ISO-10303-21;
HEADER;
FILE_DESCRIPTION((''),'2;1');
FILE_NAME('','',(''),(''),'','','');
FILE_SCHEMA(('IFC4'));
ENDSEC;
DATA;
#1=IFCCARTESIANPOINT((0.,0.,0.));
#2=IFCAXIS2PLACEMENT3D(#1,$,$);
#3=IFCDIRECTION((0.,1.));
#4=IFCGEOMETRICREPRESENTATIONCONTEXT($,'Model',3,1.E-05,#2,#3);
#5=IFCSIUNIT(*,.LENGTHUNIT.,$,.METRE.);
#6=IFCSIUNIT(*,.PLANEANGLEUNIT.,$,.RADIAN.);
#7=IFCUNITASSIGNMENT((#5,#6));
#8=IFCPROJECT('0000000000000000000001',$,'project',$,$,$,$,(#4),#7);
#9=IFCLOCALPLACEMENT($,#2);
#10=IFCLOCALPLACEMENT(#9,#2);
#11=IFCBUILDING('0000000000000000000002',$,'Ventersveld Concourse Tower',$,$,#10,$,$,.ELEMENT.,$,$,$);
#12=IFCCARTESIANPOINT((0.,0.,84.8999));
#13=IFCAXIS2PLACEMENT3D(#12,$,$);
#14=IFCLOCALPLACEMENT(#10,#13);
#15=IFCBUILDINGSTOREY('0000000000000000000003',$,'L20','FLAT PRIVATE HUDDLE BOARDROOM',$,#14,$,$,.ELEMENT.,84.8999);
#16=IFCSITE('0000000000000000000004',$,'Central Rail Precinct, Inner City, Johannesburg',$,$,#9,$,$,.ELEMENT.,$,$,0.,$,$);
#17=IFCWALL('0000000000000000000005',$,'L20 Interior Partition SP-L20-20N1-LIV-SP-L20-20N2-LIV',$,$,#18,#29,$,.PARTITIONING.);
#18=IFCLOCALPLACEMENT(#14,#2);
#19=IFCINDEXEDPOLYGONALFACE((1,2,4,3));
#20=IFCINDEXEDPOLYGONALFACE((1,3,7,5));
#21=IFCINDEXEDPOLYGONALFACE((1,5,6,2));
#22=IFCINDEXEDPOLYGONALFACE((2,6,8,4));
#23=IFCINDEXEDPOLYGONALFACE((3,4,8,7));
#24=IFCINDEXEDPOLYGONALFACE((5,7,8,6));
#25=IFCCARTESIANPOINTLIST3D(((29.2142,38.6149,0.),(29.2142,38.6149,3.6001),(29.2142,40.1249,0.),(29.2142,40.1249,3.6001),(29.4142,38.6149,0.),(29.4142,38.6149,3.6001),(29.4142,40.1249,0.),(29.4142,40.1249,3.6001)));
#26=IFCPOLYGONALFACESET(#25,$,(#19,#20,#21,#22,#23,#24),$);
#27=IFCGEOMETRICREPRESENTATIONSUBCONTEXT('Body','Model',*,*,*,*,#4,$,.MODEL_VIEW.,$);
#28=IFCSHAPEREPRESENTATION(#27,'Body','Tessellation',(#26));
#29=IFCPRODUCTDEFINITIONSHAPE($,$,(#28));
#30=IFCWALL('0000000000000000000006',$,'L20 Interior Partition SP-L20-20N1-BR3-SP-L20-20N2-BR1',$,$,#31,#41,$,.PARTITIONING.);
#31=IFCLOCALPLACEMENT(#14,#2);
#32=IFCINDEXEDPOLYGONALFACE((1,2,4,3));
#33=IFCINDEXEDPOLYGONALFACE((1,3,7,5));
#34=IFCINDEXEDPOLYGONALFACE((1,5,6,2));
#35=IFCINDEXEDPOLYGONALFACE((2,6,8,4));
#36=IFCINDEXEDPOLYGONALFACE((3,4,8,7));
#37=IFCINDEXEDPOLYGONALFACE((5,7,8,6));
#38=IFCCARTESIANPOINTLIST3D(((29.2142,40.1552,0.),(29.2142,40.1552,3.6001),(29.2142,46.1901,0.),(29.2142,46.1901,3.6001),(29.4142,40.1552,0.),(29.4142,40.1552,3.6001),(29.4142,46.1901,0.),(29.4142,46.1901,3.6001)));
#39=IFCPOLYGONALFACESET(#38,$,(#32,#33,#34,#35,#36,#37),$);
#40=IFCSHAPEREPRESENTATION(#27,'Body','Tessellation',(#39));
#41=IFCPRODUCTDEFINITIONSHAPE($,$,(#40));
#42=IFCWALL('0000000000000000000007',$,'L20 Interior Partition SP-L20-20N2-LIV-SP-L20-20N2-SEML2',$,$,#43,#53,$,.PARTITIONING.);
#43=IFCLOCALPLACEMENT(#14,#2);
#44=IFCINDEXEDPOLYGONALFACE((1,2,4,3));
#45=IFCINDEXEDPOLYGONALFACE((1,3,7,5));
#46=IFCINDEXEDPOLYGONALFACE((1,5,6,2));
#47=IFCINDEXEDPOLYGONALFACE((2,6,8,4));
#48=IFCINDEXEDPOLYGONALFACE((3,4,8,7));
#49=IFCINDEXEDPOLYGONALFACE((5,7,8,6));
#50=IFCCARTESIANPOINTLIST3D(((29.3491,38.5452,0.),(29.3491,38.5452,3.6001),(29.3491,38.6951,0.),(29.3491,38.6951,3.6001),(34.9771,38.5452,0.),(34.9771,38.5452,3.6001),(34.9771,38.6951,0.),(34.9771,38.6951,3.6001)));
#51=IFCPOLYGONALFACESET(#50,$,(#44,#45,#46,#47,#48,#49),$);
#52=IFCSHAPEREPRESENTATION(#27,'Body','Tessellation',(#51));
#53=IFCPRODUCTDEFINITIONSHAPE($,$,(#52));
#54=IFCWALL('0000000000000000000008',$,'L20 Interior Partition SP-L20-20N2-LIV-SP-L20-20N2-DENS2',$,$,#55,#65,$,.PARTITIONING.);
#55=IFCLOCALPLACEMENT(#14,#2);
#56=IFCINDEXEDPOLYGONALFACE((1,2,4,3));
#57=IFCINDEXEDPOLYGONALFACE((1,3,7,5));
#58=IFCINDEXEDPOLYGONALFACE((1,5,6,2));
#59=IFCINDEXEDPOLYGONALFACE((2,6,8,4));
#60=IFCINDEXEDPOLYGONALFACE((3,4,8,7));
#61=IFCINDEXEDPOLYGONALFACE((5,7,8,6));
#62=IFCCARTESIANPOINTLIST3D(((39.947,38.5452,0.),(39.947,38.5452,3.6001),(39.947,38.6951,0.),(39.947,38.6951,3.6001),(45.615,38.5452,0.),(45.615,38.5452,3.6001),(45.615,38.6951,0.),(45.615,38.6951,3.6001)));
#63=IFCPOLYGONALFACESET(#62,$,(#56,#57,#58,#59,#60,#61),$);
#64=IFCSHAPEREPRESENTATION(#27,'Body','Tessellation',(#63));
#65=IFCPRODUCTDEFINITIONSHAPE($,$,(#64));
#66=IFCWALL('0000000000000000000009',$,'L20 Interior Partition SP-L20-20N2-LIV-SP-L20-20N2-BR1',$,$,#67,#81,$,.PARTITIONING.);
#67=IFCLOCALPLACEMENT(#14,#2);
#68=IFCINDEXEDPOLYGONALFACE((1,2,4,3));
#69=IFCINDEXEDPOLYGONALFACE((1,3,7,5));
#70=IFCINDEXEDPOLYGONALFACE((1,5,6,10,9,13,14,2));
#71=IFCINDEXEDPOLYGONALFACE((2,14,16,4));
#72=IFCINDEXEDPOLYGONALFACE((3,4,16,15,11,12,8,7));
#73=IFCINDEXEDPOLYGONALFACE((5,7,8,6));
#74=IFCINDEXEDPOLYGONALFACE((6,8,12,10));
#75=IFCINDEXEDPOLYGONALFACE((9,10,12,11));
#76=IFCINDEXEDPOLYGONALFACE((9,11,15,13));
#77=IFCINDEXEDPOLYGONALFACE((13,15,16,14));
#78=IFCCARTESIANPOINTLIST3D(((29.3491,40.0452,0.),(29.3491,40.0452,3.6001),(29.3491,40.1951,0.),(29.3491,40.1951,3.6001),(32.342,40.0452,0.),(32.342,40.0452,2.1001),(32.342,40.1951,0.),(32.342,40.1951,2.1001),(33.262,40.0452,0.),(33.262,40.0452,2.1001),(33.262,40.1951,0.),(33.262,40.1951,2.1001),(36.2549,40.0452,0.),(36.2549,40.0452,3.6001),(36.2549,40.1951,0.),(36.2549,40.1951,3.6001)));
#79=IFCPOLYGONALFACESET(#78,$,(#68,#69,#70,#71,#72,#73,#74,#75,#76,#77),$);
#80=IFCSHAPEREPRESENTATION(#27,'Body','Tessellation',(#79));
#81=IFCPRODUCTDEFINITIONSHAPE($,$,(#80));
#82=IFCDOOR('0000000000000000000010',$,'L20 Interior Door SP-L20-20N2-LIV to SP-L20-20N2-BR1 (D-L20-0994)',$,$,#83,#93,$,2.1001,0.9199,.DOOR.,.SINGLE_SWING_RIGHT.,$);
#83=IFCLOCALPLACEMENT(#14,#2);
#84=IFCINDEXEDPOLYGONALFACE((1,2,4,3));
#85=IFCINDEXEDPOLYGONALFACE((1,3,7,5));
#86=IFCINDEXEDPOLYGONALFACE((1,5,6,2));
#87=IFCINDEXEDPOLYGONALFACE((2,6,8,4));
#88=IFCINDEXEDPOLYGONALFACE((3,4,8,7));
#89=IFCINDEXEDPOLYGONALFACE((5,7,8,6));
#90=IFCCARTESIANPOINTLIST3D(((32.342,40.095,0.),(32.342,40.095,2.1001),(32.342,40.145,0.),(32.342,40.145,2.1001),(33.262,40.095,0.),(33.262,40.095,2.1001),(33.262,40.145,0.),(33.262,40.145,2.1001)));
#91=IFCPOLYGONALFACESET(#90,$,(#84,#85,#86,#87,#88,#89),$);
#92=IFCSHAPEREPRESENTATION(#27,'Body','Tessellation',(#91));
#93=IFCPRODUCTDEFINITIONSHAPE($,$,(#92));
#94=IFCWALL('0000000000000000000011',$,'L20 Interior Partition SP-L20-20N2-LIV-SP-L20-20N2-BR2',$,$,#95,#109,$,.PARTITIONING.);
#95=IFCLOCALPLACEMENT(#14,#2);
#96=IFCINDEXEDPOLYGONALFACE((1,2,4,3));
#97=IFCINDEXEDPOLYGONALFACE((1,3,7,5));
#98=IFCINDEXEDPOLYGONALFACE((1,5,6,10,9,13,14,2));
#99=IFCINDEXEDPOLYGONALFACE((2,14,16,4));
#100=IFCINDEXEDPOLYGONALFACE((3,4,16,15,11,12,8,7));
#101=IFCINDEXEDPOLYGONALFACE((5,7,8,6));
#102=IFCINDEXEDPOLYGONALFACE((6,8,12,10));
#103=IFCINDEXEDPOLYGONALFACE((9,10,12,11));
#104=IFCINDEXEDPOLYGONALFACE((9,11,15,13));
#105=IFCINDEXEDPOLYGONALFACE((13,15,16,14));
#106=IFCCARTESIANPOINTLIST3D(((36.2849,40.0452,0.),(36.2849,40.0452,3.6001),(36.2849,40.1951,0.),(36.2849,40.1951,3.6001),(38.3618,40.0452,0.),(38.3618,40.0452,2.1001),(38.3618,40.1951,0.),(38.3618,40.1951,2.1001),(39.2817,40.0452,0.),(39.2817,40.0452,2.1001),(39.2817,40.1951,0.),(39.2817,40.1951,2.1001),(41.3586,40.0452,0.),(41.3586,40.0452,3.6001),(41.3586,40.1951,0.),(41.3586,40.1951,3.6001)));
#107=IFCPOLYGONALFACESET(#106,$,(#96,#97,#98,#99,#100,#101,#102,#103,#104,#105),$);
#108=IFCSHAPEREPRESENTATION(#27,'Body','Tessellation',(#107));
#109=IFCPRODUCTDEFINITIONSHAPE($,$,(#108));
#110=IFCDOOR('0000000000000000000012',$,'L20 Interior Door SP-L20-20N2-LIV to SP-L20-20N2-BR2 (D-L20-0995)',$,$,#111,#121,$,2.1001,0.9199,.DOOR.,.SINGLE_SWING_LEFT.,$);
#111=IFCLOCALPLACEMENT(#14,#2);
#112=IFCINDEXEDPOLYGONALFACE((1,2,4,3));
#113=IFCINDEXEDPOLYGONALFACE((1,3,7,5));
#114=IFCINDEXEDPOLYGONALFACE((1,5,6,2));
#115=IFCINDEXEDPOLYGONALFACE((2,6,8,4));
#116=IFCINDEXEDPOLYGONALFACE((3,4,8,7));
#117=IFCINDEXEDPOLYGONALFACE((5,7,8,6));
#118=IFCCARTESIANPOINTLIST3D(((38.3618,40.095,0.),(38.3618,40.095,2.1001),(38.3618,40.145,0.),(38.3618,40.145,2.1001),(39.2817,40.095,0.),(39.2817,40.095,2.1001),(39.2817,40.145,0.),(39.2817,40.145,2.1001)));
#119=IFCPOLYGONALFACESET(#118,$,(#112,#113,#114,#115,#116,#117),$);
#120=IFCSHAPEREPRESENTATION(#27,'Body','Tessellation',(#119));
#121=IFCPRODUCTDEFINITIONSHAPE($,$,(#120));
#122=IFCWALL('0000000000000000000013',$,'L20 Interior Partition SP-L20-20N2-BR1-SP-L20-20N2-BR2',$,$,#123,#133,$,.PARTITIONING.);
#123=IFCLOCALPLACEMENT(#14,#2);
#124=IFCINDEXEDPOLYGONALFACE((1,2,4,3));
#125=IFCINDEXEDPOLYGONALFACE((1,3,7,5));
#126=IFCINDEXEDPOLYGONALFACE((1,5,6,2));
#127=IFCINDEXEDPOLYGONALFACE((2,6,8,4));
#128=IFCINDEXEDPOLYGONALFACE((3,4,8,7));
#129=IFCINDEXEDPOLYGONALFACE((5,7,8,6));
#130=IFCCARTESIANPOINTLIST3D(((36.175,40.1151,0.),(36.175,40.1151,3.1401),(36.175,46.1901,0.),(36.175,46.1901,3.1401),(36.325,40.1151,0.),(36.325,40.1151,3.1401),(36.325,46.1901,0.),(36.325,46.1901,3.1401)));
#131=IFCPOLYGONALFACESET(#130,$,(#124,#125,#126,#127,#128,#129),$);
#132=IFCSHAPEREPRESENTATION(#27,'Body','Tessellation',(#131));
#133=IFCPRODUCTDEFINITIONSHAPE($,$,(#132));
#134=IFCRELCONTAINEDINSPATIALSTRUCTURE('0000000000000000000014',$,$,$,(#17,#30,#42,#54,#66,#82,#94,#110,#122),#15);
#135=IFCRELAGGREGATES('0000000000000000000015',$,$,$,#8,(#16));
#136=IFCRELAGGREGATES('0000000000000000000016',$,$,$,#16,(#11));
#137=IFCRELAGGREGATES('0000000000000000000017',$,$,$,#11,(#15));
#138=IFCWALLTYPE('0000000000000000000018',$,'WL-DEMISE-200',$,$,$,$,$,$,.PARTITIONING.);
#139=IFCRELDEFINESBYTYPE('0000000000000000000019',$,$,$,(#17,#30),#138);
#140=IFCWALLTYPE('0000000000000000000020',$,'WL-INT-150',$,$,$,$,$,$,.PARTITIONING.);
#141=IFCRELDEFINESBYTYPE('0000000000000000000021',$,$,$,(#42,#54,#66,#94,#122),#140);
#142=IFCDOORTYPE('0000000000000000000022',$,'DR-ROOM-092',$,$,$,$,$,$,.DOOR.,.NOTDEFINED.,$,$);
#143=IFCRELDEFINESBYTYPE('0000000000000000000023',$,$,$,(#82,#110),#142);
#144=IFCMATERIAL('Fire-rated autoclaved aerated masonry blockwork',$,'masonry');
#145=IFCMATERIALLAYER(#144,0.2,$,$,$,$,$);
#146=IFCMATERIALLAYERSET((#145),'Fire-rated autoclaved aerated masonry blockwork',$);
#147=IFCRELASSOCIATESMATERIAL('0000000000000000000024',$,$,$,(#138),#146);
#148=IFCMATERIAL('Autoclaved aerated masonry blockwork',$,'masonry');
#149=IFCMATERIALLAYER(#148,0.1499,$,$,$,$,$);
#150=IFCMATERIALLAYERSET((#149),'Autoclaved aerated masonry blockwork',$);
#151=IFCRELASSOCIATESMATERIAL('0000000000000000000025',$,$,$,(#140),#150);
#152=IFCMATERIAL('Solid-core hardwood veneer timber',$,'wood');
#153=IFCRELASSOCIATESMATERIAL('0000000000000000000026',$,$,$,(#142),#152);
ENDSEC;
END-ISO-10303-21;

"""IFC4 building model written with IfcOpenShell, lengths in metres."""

from ifc_helpers import new_model, si_unit, direction, frame, frame_2d, origin, place, context, subcontext, project, spatial, rectangle, extrude, material, layer, layer_set, type_object, element, fill, save


model = new_model("IFC4")

# Units and contexts
model_context = context("Model", 3, precision=1e-05, world=origin(), true_north=direction((0.0, 1.0)))
body_context = subcontext(model_context, "Body", "Model", "MODEL_VIEW")
ifc_project = project(units=[si_unit("LENGTHUNIT", "METRE"), si_unit("PLANEANGLEUNIT", "RADIAN")], contexts=[model_context])

# Site, building, storey
site_placement = place(None, origin())
site = spatial("IfcSite", under=ifc_project, at=site_placement, Name="Central Rail Precinct, Inner City, Johannesburg", CompositionType="ELEMENT", RefElevation=0.0)
building_placement = place(site_placement, origin())
building = spatial("IfcBuilding", under=site, at=building_placement, Name="Ventersveld Concourse Tower", CompositionType="ELEMENT")
storey_placement = place(building_placement, frame((0.0, 0.0, 84.8999)))
storey = spatial("IfcBuildingStorey", under=building, at=storey_placement, Name="L20", Description="FLAT PRIVATE HUDDLE BOARDROOM", CompositionType="ELEMENT", Elevation=84.8999)

# Walls
ifc_material_1 = material(Name="Fire-rated autoclaved aerated masonry blockwork", Category="masonry")
ifc_layer_1 = layer(ifc_material_1, 0.2)
ifc_layer_set_1 = layer_set([ifc_layer_1], Name="Fire-rated autoclaved aerated masonry blockwork")
wall_type_1 = type_object("IfcWallType", Name="WL-DEMISE-200", PredefinedType="PARTITIONING", material=ifc_layer_set_1)
wall_1_placement = place(storey_placement, frame((29.3142, 38.615, 0.0), z_axis=(0.0, 0.0, 1.0), x_axis=(0.0, 1.0, 0.0)))
element("IfcWall", 1, at=wall_1_placement, inside=storey, type_object=wall_type_1, Name="L20 Interior Partition SP-L20-20N1-LIV-SP-L20-20N2-LIV", PredefinedType="PARTITIONING", context=body_context, shape_type="SweptSolid", body=[
    extrude(rectangle(XDim=1.51, YDim=0.2, at=frame_2d((0.7549, 0.0))), origin(), (0.0, 0.0, 1.0), 3.6001),
])
wall_2_placement = place(storey_placement, frame((29.3142, 40.155, 0.0), z_axis=(0.0, 0.0, 1.0), x_axis=(0.0, 1.0, 0.0)))
element("IfcWall", 2, at=wall_2_placement, inside=storey, type_object=wall_type_1, Name="L20 Interior Partition SP-L20-20N1-BR3-SP-L20-20N2-BR1", PredefinedType="PARTITIONING", context=body_context, shape_type="SweptSolid", body=[
    extrude(rectangle(XDim=6.0349, YDim=0.2, at=frame_2d((3.0176, 0.0))), origin(), (0.0, 0.0, 1.0), 3.6001),
])
ifc_material_2 = material(Name="Autoclaved aerated masonry blockwork", Category="masonry")
ifc_layer_2 = layer(ifc_material_2, 0.1499)
ifc_layer_set_2 = layer_set([ifc_layer_2], Name="Autoclaved aerated masonry blockwork")
wall_type_2 = type_object("IfcWallType", Name="WL-INT-150", PredefinedType="PARTITIONING", material=ifc_layer_set_2)
wall_3_placement = place(storey_placement, frame((29.3491, 38.6201, 0.0), z_axis=(0.0, 0.0, 1.0), x_axis=(1.0, 0.0, 0.0)))
element("IfcWall", 3, at=wall_3_placement, inside=storey, type_object=wall_type_2, Name="L20 Interior Partition SP-L20-20N2-LIV-SP-L20-20N2-SEML2", PredefinedType="PARTITIONING", context=body_context, shape_type="SweptSolid", body=[
    extrude(rectangle(XDim=5.6279, YDim=0.1499, at=frame_2d((2.814, 0.0))), origin(), (0.0, 0.0, 1.0), 3.6001),
])
wall_4_placement = place(storey_placement, frame((39.947, 38.6201, 0.0), z_axis=(0.0, 0.0, 1.0), x_axis=(1.0, 0.0, 0.0)))
element("IfcWall", 4, at=wall_4_placement, inside=storey, type_object=wall_type_2, Name="L20 Interior Partition SP-L20-20N2-LIV-SP-L20-20N2-DENS2", PredefinedType="PARTITIONING", context=body_context, shape_type="SweptSolid", body=[
    extrude(rectangle(XDim=5.668, YDim=0.1499, at=frame_2d((2.834, 0.0))), origin(), (0.0, 0.0, 1.0), 3.6001),
])

# Walls, openings, doors
wall_5_placement = place(storey_placement, frame((29.3491, 40.1201, 0.0), z_axis=(0.0, 0.0, 1.0), x_axis=(1.0, 0.0, 0.0)))
wall_5 = element("IfcWall", 5, at=wall_5_placement, inside=storey, type_object=wall_type_2, Name="L20 Interior Partition SP-L20-20N2-LIV-SP-L20-20N2-BR1", PredefinedType="PARTITIONING", context=body_context, shape_type="SweptSolid", body=[
    extrude(rectangle(XDim=6.9058, YDim=0.1499, at=frame_2d((3.4529, 0.0))), origin(), (0.0, 0.0, 1.0), 3.6001),
])
opening_1_placement = place(wall_5_placement, frame((2.9929, 0.0, 0.0)))
opening_1 = element("IfcOpeningElement", 6, at=opening_1_placement, cuts=wall_5, PredefinedType="OPENING", context=body_context, shape_type="SweptSolid", body=[
    extrude(rectangle(XDim=0.9199, YDim=2.1001, at=frame_2d((0.46, 1.05))), frame((0.0, 0.085, 0.0), z_axis=(0.0, -1.0, 0.0), x_axis=(1.0, 0.0, 0.0)), (0.0, 0.0, 1.0), 0.1699),
])
ifc_material_3 = material(Name="Solid-core hardwood veneer timber", Category="wood")
door_type = type_object("IfcDoorType", Name="DR-ROOM-092", OperationType="NOTDEFINED", PredefinedType="DOOR", material=ifc_material_3)
door_1_placement = place(opening_1_placement, origin())
door_1 = element("IfcDoor", 7, at=door_1_placement, inside=storey, type_object=door_type, Name="L20 Interior Door SP-L20-20N2-LIV to SP-L20-20N2-BR1 (D-L20-0994)", OperationType="SINGLE_SWING_RIGHT", OverallHeight=2.1001, OverallWidth=0.9199, PredefinedType="DOOR", context=body_context, shape_type="SweptSolid", body=[
    extrude(rectangle(XDim=0.9199, YDim=2.1001, at=frame_2d((0.46, 1.05))), frame((0.0, 0.0249, 0.0), z_axis=(0.0, -1.0, 0.0), x_axis=(1.0, 0.0, 0.0)), (0.0, 0.0, 1.0), 0.05),
])
fill(opening_1, door_1)
wall_6_placement = place(storey_placement, frame((36.2849, 40.1201, 0.0), z_axis=(0.0, 0.0, 1.0), x_axis=(1.0, 0.0, 0.0)))
wall_6 = element("IfcWall", 8, at=wall_6_placement, inside=storey, type_object=wall_type_2, Name="L20 Interior Partition SP-L20-20N2-LIV-SP-L20-20N2-BR2", PredefinedType="PARTITIONING", context=body_context, shape_type="SweptSolid", body=[
    extrude(rectangle(XDim=5.0737, YDim=0.1499, at=frame_2d((2.5369, 0.0))), origin(), (0.0, 0.0, 1.0), 3.6001),
])
opening_2_placement = place(wall_6_placement, frame((2.0769, 0.0, 0.0)))
opening_2 = element("IfcOpeningElement", 9, at=opening_2_placement, cuts=wall_6, PredefinedType="OPENING", context=body_context, shape_type="SweptSolid", body=[
    extrude(rectangle(XDim=0.9199, YDim=2.1001, at=frame_2d((0.46, 1.05))), frame((0.0, 0.085, 0.0), z_axis=(0.0, -1.0, 0.0), x_axis=(1.0, 0.0, 0.0)), (0.0, 0.0, 1.0), 0.1699),
])
door_2_placement = place(opening_2_placement, origin())
door_2 = element("IfcDoor", 10, at=door_2_placement, inside=storey, type_object=door_type, Name="L20 Interior Door SP-L20-20N2-LIV to SP-L20-20N2-BR2 (D-L20-0995)", OperationType="SINGLE_SWING_LEFT", OverallHeight=2.1001, OverallWidth=0.9199, PredefinedType="DOOR", context=body_context, shape_type="SweptSolid", body=[
    extrude(rectangle(XDim=0.9199, YDim=2.1001, at=frame_2d((0.46, 1.05))), frame((0.0, 0.0249, 0.0), z_axis=(0.0, -1.0, 0.0), x_axis=(1.0, 0.0, 0.0)), (0.0, 0.0, 1.0), 0.05),
])
fill(opening_2, door_2)

# Wall
wall_7_placement = place(storey_placement, frame((36.25, 40.115, 0.0), z_axis=(0.0, 0.0, 1.0), x_axis=(0.0, 1.0, 0.0)))
element("IfcWall", 11, at=wall_7_placement, inside=storey, type_object=wall_type_2, Name="L20 Interior Partition SP-L20-20N2-BR1-SP-L20-20N2-BR2", PredefinedType="PARTITIONING", context=body_context, shape_type="SweptSolid", body=[
    extrude(rectangle(XDim=6.075, YDim=0.1499, at=frame_2d((3.0376, 0.0))), origin(), (0.0, 0.0, 1.0), 3.1401),
])

save(model, "model.ifc")
